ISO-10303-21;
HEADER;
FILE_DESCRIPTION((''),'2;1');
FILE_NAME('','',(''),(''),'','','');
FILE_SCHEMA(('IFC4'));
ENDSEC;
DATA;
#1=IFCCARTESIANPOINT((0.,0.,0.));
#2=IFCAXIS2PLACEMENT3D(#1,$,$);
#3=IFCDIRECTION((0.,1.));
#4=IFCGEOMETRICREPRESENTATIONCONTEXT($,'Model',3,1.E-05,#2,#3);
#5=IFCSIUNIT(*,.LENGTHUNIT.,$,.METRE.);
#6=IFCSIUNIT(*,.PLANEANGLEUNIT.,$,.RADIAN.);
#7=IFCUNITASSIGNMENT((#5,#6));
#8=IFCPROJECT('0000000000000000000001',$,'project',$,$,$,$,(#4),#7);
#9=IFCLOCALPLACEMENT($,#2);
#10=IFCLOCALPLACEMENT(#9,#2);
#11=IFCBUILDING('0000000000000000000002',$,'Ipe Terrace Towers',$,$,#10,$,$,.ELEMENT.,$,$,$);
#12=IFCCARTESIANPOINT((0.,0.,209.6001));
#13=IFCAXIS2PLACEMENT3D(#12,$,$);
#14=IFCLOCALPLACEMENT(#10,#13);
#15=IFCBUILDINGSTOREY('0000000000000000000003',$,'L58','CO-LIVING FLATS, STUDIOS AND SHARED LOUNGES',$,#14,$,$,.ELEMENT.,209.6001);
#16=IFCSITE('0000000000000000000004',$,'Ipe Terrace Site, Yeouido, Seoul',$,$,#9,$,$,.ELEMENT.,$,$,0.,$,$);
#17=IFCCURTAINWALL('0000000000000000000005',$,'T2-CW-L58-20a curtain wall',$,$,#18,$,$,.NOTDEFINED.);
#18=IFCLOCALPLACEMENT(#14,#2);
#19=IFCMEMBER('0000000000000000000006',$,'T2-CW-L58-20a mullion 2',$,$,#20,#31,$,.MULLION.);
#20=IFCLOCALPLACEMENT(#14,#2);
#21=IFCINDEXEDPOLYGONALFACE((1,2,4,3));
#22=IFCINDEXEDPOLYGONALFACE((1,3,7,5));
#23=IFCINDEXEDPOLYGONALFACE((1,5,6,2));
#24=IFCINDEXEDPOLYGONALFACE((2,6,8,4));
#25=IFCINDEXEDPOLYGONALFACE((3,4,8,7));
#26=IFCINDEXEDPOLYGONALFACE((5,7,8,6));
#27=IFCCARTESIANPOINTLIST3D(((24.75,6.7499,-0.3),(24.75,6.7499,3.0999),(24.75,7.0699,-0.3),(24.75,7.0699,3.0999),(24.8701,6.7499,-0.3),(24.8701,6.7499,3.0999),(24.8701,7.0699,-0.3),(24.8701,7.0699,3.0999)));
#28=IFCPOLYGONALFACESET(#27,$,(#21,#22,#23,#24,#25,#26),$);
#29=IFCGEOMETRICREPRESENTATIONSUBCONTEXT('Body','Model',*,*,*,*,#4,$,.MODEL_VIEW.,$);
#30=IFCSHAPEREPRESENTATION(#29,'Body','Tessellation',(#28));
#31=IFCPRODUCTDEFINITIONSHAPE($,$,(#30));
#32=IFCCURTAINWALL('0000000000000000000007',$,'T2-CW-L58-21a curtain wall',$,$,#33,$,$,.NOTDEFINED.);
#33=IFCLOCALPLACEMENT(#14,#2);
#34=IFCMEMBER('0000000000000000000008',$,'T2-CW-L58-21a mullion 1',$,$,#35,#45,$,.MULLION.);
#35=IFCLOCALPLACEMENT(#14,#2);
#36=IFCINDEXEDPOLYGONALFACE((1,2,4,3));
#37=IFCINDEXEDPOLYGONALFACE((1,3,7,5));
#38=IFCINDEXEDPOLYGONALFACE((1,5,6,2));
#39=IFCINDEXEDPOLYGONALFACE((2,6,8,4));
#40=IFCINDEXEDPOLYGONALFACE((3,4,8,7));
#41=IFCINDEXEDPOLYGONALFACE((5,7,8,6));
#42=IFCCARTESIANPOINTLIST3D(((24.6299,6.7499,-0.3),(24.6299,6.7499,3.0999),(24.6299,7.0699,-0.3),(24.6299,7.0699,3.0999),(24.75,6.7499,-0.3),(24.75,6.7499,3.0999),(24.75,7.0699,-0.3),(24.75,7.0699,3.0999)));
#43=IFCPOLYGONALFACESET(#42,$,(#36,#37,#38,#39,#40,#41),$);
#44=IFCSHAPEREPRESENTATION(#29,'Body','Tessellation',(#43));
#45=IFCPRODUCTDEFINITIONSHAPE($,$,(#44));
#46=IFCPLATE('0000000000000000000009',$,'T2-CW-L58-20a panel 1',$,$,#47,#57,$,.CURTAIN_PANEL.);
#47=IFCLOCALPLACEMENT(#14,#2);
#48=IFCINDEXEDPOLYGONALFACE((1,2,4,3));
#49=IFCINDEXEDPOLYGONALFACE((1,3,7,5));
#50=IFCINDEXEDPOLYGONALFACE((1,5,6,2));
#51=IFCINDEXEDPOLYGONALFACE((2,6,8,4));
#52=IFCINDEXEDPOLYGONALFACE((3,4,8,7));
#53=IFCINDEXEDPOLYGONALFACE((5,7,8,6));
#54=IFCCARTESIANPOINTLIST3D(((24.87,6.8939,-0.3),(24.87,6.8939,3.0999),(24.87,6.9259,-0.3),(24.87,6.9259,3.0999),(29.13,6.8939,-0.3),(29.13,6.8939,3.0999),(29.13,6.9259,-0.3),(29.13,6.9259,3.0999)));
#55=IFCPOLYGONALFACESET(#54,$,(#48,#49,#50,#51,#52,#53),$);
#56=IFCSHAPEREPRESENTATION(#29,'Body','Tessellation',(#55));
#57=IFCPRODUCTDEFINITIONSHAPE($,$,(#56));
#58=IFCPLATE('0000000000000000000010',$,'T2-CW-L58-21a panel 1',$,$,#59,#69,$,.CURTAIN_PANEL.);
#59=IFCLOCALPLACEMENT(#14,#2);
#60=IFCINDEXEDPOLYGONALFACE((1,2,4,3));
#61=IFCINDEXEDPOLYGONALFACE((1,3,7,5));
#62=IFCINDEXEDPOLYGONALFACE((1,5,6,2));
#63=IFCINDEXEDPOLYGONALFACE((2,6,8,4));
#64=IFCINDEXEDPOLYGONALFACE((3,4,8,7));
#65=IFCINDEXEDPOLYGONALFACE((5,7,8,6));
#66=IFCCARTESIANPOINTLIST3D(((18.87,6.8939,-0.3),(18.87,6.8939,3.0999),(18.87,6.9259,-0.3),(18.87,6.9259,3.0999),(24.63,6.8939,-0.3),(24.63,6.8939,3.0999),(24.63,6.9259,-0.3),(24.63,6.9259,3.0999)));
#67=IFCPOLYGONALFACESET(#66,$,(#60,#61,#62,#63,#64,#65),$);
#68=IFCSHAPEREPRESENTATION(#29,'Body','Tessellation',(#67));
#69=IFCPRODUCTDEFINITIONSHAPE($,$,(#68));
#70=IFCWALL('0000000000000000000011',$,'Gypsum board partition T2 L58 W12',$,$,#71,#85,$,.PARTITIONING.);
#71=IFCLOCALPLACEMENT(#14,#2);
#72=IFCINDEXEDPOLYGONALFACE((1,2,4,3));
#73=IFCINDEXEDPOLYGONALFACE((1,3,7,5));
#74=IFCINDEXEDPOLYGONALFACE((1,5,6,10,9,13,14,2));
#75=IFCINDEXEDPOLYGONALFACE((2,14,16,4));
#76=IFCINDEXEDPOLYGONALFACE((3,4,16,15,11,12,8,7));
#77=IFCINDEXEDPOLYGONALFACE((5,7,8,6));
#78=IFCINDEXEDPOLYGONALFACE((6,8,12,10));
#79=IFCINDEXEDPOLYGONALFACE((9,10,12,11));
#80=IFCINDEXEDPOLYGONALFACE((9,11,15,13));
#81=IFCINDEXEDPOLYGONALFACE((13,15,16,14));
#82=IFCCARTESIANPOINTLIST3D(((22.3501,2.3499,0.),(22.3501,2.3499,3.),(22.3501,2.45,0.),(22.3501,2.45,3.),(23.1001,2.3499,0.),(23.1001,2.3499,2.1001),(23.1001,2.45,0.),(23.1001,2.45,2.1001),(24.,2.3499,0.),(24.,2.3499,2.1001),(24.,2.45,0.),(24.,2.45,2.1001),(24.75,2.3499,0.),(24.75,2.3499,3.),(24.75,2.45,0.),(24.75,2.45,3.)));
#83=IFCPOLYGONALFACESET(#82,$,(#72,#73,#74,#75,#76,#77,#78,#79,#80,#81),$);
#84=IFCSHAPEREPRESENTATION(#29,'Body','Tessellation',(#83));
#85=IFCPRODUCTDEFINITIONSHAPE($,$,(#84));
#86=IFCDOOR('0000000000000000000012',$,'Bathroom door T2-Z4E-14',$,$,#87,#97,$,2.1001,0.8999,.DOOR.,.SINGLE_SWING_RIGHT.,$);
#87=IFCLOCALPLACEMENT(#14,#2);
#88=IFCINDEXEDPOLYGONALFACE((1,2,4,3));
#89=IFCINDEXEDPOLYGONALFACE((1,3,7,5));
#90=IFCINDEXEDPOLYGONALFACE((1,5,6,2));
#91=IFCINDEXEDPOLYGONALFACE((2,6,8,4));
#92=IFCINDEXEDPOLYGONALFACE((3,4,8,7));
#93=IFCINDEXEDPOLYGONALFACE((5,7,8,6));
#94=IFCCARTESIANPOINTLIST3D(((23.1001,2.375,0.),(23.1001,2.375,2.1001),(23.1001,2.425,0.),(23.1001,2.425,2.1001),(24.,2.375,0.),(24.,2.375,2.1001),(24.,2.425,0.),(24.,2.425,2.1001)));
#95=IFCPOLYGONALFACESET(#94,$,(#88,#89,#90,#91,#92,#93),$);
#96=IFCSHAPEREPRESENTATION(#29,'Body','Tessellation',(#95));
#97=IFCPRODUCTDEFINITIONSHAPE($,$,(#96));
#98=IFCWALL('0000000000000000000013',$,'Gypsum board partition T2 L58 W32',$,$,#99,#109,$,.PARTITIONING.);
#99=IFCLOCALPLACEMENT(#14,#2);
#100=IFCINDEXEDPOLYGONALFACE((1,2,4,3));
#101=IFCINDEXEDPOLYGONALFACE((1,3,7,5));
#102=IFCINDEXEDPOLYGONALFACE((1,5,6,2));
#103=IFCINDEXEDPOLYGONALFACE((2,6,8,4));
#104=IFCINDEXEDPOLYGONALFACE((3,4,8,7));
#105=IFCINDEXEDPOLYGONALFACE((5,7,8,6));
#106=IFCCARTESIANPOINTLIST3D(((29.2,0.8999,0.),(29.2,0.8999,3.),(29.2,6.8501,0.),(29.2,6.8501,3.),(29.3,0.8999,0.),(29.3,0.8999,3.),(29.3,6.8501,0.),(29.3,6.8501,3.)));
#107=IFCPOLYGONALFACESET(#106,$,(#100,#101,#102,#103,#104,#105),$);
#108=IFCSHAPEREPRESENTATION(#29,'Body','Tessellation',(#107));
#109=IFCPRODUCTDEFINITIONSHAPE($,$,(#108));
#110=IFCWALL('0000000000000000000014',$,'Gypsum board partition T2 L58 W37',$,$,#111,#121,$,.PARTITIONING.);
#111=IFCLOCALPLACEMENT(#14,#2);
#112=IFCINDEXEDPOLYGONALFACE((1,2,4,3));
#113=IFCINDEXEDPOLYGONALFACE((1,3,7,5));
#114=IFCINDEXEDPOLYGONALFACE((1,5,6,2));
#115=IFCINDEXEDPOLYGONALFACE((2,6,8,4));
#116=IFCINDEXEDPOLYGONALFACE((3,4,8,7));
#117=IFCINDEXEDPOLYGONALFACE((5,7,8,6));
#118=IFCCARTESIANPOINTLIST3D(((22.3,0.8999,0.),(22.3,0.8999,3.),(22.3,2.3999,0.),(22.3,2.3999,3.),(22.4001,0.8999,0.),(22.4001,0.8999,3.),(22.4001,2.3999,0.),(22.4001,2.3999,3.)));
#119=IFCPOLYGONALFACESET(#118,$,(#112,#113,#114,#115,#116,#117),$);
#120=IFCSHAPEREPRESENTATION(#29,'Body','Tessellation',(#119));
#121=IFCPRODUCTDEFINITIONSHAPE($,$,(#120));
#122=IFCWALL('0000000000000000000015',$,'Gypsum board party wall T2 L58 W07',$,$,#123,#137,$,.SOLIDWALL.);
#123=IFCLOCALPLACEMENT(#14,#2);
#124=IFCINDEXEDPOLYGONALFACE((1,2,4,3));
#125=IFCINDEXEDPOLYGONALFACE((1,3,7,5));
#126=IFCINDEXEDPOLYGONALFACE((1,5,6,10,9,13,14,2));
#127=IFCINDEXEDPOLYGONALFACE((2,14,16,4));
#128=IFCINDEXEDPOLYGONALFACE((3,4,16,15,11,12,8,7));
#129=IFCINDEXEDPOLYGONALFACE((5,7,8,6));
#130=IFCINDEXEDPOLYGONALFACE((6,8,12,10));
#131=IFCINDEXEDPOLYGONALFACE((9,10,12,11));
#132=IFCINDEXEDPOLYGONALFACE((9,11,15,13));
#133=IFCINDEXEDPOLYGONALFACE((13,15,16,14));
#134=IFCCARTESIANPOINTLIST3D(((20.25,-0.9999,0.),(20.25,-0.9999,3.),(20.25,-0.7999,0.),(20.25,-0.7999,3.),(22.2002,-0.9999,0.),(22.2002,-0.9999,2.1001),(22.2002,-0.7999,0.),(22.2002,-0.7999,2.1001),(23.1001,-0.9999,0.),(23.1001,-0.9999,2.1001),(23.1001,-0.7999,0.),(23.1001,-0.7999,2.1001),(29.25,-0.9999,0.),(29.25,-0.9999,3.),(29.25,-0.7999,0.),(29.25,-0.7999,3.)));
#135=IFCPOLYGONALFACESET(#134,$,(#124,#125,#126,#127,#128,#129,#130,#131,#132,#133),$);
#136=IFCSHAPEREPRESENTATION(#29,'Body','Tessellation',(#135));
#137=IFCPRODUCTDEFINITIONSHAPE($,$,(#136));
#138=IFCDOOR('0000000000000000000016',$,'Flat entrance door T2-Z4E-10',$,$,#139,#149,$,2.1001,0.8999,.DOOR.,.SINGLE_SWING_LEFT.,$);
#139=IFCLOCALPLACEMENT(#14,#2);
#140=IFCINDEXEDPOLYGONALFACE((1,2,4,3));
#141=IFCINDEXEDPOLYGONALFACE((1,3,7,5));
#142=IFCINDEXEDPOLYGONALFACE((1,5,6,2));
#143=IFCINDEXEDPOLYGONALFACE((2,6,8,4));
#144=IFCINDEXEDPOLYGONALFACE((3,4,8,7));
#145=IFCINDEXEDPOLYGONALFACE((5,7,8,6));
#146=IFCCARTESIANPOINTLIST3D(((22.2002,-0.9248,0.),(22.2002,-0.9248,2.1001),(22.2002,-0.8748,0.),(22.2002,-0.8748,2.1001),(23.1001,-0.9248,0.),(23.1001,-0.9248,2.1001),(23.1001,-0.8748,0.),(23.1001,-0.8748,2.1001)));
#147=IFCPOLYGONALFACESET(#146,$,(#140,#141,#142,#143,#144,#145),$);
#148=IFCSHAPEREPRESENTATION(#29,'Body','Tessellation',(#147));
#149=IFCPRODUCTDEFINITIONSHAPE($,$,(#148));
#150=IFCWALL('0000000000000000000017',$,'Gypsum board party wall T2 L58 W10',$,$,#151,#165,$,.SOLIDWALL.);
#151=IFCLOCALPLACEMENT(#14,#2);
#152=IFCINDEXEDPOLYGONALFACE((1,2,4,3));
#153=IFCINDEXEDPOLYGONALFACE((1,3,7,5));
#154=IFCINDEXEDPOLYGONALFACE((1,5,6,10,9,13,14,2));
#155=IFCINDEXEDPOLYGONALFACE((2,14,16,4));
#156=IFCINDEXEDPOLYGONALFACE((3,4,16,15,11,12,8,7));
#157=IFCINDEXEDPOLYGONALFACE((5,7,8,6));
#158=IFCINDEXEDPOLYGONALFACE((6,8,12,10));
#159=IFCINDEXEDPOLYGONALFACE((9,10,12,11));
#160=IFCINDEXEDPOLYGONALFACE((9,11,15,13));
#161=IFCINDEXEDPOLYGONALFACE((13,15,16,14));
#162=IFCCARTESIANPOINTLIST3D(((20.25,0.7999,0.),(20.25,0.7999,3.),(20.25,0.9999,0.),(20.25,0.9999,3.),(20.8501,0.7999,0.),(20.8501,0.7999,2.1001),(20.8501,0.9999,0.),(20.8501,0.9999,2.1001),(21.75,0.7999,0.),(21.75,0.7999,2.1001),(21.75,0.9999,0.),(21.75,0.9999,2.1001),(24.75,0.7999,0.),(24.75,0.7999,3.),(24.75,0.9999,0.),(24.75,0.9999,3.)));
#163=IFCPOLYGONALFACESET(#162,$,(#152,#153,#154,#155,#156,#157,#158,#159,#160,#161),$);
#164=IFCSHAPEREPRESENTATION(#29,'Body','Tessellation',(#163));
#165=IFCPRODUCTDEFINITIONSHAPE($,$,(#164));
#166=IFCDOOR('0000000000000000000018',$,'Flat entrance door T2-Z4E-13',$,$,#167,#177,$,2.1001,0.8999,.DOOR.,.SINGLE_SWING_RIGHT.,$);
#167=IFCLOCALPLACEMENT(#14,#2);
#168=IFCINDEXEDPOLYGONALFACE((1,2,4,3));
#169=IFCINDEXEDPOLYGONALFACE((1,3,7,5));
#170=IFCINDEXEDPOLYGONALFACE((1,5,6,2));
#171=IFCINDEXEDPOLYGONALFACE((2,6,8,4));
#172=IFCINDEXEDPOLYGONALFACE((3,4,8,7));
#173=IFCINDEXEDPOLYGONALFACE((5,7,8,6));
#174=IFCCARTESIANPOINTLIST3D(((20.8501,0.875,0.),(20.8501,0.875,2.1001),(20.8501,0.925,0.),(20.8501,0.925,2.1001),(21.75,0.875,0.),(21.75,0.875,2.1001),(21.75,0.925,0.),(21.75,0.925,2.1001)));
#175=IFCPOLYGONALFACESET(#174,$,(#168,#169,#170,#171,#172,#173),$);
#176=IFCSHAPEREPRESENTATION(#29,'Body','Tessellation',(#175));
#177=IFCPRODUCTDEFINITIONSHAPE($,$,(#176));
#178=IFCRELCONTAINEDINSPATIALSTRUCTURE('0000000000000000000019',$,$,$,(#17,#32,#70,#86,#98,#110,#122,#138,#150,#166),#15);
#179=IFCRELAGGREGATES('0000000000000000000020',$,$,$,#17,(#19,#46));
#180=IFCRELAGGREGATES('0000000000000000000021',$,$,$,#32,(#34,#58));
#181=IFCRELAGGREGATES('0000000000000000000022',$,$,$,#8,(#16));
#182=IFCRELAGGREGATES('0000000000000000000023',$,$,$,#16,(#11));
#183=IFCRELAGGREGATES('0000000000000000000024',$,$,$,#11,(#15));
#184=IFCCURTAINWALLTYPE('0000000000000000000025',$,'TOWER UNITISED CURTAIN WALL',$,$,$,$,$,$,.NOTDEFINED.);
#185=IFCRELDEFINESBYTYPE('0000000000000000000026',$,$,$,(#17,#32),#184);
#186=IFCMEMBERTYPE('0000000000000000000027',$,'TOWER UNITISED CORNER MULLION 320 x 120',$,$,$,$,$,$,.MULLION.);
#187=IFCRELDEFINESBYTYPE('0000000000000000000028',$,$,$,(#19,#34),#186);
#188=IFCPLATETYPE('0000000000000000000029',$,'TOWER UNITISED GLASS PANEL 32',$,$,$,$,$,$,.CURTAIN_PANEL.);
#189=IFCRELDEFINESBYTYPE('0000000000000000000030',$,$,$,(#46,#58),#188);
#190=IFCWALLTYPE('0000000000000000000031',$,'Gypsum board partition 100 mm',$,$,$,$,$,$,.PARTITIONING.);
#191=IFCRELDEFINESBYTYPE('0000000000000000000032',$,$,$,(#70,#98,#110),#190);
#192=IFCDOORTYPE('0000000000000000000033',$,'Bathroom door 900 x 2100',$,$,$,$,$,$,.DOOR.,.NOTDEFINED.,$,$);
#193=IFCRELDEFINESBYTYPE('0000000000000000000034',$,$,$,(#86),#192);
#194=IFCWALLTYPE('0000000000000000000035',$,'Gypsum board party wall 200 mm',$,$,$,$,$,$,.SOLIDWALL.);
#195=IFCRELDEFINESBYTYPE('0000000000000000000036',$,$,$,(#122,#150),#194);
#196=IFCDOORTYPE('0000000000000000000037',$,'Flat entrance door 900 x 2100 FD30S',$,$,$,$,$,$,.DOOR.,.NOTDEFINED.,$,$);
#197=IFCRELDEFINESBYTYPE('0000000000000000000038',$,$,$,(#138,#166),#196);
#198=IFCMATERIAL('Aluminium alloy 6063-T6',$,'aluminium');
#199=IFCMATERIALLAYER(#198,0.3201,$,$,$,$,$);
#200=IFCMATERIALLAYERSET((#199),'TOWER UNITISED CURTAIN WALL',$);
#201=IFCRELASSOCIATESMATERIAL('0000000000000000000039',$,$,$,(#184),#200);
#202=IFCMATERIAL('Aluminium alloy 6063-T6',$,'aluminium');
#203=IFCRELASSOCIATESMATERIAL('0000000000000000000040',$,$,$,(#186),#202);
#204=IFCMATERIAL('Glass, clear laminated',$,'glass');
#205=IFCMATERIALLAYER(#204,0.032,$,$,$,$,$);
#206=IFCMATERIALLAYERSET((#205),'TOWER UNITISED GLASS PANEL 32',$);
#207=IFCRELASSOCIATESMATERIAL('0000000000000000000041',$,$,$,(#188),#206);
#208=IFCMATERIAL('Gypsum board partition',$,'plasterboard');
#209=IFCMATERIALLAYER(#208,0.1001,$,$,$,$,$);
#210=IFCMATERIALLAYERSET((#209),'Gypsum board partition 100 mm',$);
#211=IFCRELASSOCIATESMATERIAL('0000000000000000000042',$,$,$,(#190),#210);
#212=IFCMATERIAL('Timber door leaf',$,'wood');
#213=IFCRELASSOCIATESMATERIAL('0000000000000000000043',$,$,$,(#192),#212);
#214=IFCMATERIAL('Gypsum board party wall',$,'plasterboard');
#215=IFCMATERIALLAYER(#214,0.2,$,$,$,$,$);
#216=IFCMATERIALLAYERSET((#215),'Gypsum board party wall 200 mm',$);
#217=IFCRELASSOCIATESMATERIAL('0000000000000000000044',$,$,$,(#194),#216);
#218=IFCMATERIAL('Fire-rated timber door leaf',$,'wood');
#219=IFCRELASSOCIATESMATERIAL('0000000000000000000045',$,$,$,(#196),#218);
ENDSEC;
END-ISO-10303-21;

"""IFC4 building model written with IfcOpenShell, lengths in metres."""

from ifc_helpers import new_model, si_unit, direction, frame, frame_2d, origin, origin_2d, place, context, subcontext, project, spatial, rectangle, extrude, material, layer, layer_set, material_profile, profile_set, type_object, element, fill, aggregate, save


model = new_model("IFC4")

# Units and contexts
model_context = context("Model", 3, precision=1e-05, world=origin(), true_north=direction((0.0, 1.0)))
body_context = subcontext(model_context, "Body", "Model", "MODEL_VIEW")
ifc_project = project(units=[si_unit("LENGTHUNIT", "METRE"), si_unit("PLANEANGLEUNIT", "RADIAN")], contexts=[model_context])

# Site, building, storey
site_placement = place(None, origin())
site = spatial("IfcSite", under=ifc_project, at=site_placement, Name="Ipe Terrace Site, Yeouido, Seoul", CompositionType="ELEMENT", RefElevation=0.0)
building_placement = place(site_placement, origin())
building = spatial("IfcBuilding", under=site, at=building_placement, Name="Ipe Terrace Towers", CompositionType="ELEMENT")
storey_placement = place(building_placement, frame((0.0, 0.0, 209.6001)))
storey = spatial("IfcBuildingStorey", under=building, at=storey_placement, Name="L58", Description="CO-LIVING FLATS, STUDIOS AND SHARED LOUNGES", CompositionType="ELEMENT", Elevation=209.6001)

# Curtain wall, member
ifc_material_1 = material(Name="Aluminium alloy 6063-T6", Category="aluminium")
ifc_layer_1 = layer(ifc_material_1, 0.3201)
ifc_layer_set_1 = layer_set([ifc_layer_1], Name="TOWER UNITISED CURTAIN WALL")
curtain_wall_type = type_object("IfcCurtainWallType", Name="TOWER UNITISED CURTAIN WALL", PredefinedType="NOTDEFINED", material=ifc_layer_set_1)
curtain_wall_1_placement = place(storey_placement, origin())
curtain_wall_1 = element("IfcCurtainWall", 1, at=curtain_wall_1_placement, inside=storey, type_object=curtain_wall_type, Name="T2-CW-L58-20a curtain wall", PredefinedType="NOTDEFINED")
ifc_material_2 = material(Name="Aluminium alloy 6063-T6", Category="aluminium")
ifc_material_profile_1 = material_profile(ifc_material_2, rectangle(XDim=0.3201, YDim=0.1201, at=origin_2d()), Name="TOWER UNITISED CORNER MULLION 320 x 120")
ifc_profile_set_1 = profile_set([ifc_material_profile_1], Name="Aluminium alloy 6063-T6")
member_type = type_object("IfcMemberType", Name="TOWER UNITISED CORNER MULLION 320 x 120", PredefinedType="MULLION", material=ifc_profile_set_1)
member_1_placement = place(storey_placement, frame((24.8101, 6.9099, -0.3), z_axis=(0.0, 0.0, 1.0), x_axis=(0.0, 1.0, 0.0)))
member_1 = element("IfcMember", 2, at=member_1_placement, type_object=member_type, Name="T2-CW-L58-20a mullion 2", PredefinedType="MULLION", context=body_context, shape_type="SweptSolid", body=[
    extrude(rectangle(XDim=0.3201, YDim=0.1201, at=origin_2d()), origin(), (0.0, 0.0, 1.0), 3.3999),
])

# Curtain wall, member
curtain_wall_2_placement = place(storey_placement, origin())
curtain_wall_2 = element("IfcCurtainWall", 3, at=curtain_wall_2_placement, inside=storey, type_object=curtain_wall_type, Name="T2-CW-L58-21a curtain wall", PredefinedType="NOTDEFINED")
member_2_placement = place(storey_placement, frame((24.6899, 6.9099, -0.3), z_axis=(0.0, 0.0, 1.0), x_axis=(0.0, 1.0, 0.0)))
member_2 = element("IfcMember", 4, at=member_2_placement, type_object=member_type, Name="T2-CW-L58-21a mullion 1", PredefinedType="MULLION", context=body_context, shape_type="SweptSolid", body=[
    extrude(rectangle(XDim=0.3201, YDim=0.1201, at=origin_2d()), origin(), (0.0, 0.0, 1.0), 3.3999),
])

# Plates
ifc_material_3 = material(Name="Glass, clear laminated", Category="glass")
ifc_layer_2 = layer(ifc_material_3, 0.032)
ifc_layer_set_2 = layer_set([ifc_layer_2], Name="TOWER UNITISED GLASS PANEL 32")
plate_type = type_object("IfcPlateType", Name="TOWER UNITISED GLASS PANEL 32", PredefinedType="CURTAIN_PANEL", material=ifc_layer_set_2)
plate_1_placement = place(storey_placement, frame((27.0, 6.9099, -0.3), z_axis=(0.0, 0.0, 1.0), x_axis=(-1.0, 0.0, 0.0)))
plate_1 = element("IfcPlate", 5, at=plate_1_placement, type_object=plate_type, Name="T2-CW-L58-20a panel 1", PredefinedType="CURTAIN_PANEL", context=body_context, shape_type="SweptSolid", body=[
    extrude(rectangle(XDim=4.26, YDim=0.032, at=origin_2d()), origin(), (0.0, 0.0, 1.0), 3.3999),
])
aggregate(curtain_wall_1, [member_1, plate_1])
plate_2_placement = place(storey_placement, frame((21.75, 6.9099, -0.3), z_axis=(0.0, 0.0, 1.0), x_axis=(-1.0, 0.0, 0.0)))
plate_2 = element("IfcPlate", 6, at=plate_2_placement, type_object=plate_type, Name="T2-CW-L58-21a panel 1", PredefinedType="CURTAIN_PANEL", context=body_context, shape_type="SweptSolid", body=[
    extrude(rectangle(XDim=5.76, YDim=0.032, at=origin_2d()), origin(), (0.0, 0.0, 1.0), 3.3999),
])
aggregate(curtain_wall_2, [member_2, plate_2])

# Wall, opening, door
ifc_material_4 = material(Name="Gypsum board partition", Category="plasterboard")
ifc_layer_3 = layer(ifc_material_4, 0.1001)
ifc_layer_set_3 = layer_set([ifc_layer_3], Name="Gypsum board partition 100 mm")
wall_type_1 = type_object("IfcWallType", Name="Gypsum board partition 100 mm", PredefinedType="PARTITIONING", material=ifc_layer_set_3)
wall_1_placement = place(storey_placement, frame((24.75, 2.3999, 0.0), z_axis=(0.0, 0.0, 1.0), x_axis=(-1.0, 0.0, 0.0)))
wall_1 = element("IfcWall", 7, at=wall_1_placement, inside=storey, type_object=wall_type_1, Name="Gypsum board partition T2 L58 W12", PredefinedType="PARTITIONING", context=body_context, shape_type="SweptSolid", body=[
    extrude(rectangle(XDim=2.3999, YDim=0.1001, at=frame_2d((1.2, 0.0))), origin(), (0.0, 0.0, 1.0), 3.0),
])
opening_1_placement = place(wall_1_placement, frame((0.75, 0.0, 0.0)))
opening_1 = element("IfcOpeningElement", 8, at=opening_1_placement, cuts=wall_1, PredefinedType="OPENING", context=body_context, shape_type="SweptSolid", body=[
    extrude(rectangle(XDim=0.8999, YDim=2.1001, at=frame_2d((0.45, 1.05))), frame((0.0, 0.0601, 0.0), z_axis=(0.0, -1.0, 0.0), x_axis=(1.0, 0.0, 0.0)), (0.0, 0.0, 1.0), 0.1201),
])
ifc_material_5 = material(Name="Timber door leaf", Category="wood")
door_type_1 = type_object("IfcDoorType", Name="Bathroom door 900 x 2100", OperationType="NOTDEFINED", PredefinedType="DOOR", material=ifc_material_5)
door_1_placement = place(opening_1_placement, origin())
door_1 = element("IfcDoor", 9, at=door_1_placement, inside=storey, type_object=door_type_1, Name="Bathroom door T2-Z4E-14", OperationType="SINGLE_SWING_RIGHT", OverallHeight=2.1001, OverallWidth=0.8999, PredefinedType="DOOR", context=body_context, shape_type="SweptSolid", body=[
    extrude(rectangle(XDim=0.8999, YDim=2.1001, at=frame_2d((0.45, 1.05))), frame((0.0, 0.0249, 0.0), z_axis=(0.0, -1.0, 0.0), x_axis=(1.0, 0.0, 0.0)), (0.0, 0.0, 1.0), 0.05),
])
fill(opening_1, door_1)

# Walls
wall_2_placement = place(storey_placement, frame((29.25, 0.8999, 0.0), z_axis=(0.0, 0.0, 1.0), x_axis=(0.0, 1.0, 0.0)))
element("IfcWall", 10, at=wall_2_placement, inside=storey, type_object=wall_type_1, Name="Gypsum board partition T2 L58 W32", PredefinedType="PARTITIONING", context=body_context, shape_type="SweptSolid", body=[
    extrude(rectangle(XDim=5.9502, YDim=0.1001, at=frame_2d((2.9751, 0.0))), origin(), (0.0, 0.0, 1.0), 3.0),
])
wall_3_placement = place(storey_placement, frame((22.3501, 0.8999, 0.0), z_axis=(0.0, 0.0, 1.0), x_axis=(0.0, 1.0, 0.0)))
element("IfcWall", 11, at=wall_3_placement, inside=storey, type_object=wall_type_1, Name="Gypsum board partition T2 L58 W37", PredefinedType="PARTITIONING", context=body_context, shape_type="SweptSolid", body=[
    extrude(rectangle(XDim=1.5, YDim=0.1001, at=frame_2d((0.75, 0.0))), origin(), (0.0, 0.0, 1.0), 3.0),
])

# Walls, openings, doors
ifc_material_6 = material(Name="Gypsum board party wall", Category="plasterboard")
ifc_layer_4 = layer(ifc_material_6, 0.2)
ifc_layer_set_4 = layer_set([ifc_layer_4], Name="Gypsum board party wall 200 mm")
wall_type_2 = type_object("IfcWallType", Name="Gypsum board party wall 200 mm", PredefinedType="SOLIDWALL", material=ifc_layer_set_4)
wall_4_placement = place(storey_placement, frame((29.25, -0.8999, 0.0), z_axis=(0.0, 0.0, 1.0), x_axis=(-1.0, 0.0, 0.0)))
wall_4 = element("IfcWall", 12, at=wall_4_placement, inside=storey, type_object=wall_type_2, Name="Gypsum board party wall T2 L58 W07", PredefinedType="SOLIDWALL", context=body_context, shape_type="SweptSolid", body=[
    extrude(rectangle(XDim=9.0, YDim=0.2, at=frame_2d((4.5, 0.0))), origin(), (0.0, 0.0, 1.0), 3.0),
])
opening_2_placement = place(wall_4_placement, frame((6.1499, 0.0, 0.0)))
opening_2 = element("IfcOpeningElement", 13, at=opening_2_placement, cuts=wall_4, PredefinedType="OPENING", context=body_context, shape_type="SweptSolid", body=[
    extrude(rectangle(XDim=0.8999, YDim=2.1001, at=frame_2d((0.45, 1.05))), frame((0.0, 0.1099, 0.0), z_axis=(0.0, -1.0, 0.0), x_axis=(1.0, 0.0, 0.0)), (0.0, 0.0, 1.0), 0.22),
])
ifc_material_7 = material(Name="Fire-rated timber door leaf", Category="wood")
door_type_2 = type_object("IfcDoorType", Name="Flat entrance door 900 x 2100 FD30S", OperationType="NOTDEFINED", PredefinedType="DOOR", material=ifc_material_7)
door_2_placement = place(opening_2_placement, origin())
door_2 = element("IfcDoor", 14, at=door_2_placement, inside=storey, type_object=door_type_2, Name="Flat entrance door T2-Z4E-10", OperationType="SINGLE_SWING_LEFT", OverallHeight=2.1001, OverallWidth=0.8999, PredefinedType="DOOR", context=body_context, shape_type="SweptSolid", body=[
    extrude(rectangle(XDim=0.8999, YDim=2.1001, at=frame_2d((0.45, 1.05))), frame((0.0, 0.0249, 0.0), z_axis=(0.0, -1.0, 0.0), x_axis=(1.0, 0.0, 0.0)), (0.0, 0.0, 1.0), 0.05),
])
fill(opening_2, door_2)
wall_5_placement = place(storey_placement, frame((24.75, 0.8999, 0.0), z_axis=(0.0, 0.0, 1.0), x_axis=(-1.0, 0.0, 0.0)))
wall_5 = element("IfcWall", 15, at=wall_5_placement, inside=storey, type_object=wall_type_2, Name="Gypsum board party wall T2 L58 W10", PredefinedType="SOLIDWALL", context=body_context, shape_type="SweptSolid", body=[
    extrude(rectangle(XDim=4.5, YDim=0.2, at=frame_2d((2.25, 0.0))), origin(), (0.0, 0.0, 1.0), 3.0),
])
opening_3_placement = place(wall_5_placement, frame((3.0, 0.0, 0.0)))
opening_3 = element("IfcOpeningElement", 16, at=opening_3_placement, cuts=wall_5, PredefinedType="OPENING", context=body_context, shape_type="SweptSolid", body=[
    extrude(rectangle(XDim=0.8999, YDim=2.1001, at=frame_2d((0.45, 1.05))), frame((0.0, 0.1099, 0.0), z_axis=(0.0, -1.0, 0.0), x_axis=(1.0, 0.0, 0.0)), (0.0, 0.0, 1.0), 0.22),
])
door_3_placement = place(opening_3_placement, origin())
door_3 = element("IfcDoor", 17, at=door_3_placement, inside=storey, type_object=door_type_2, Name="Flat entrance door T2-Z4E-13", OperationType="SINGLE_SWING_RIGHT", OverallHeight=2.1001, OverallWidth=0.8999, PredefinedType="DOOR", context=body_context, shape_type="SweptSolid", body=[
    extrude(rectangle(XDim=0.8999, YDim=2.1001, at=frame_2d((0.45, 1.05))), frame((0.0, 0.0249, 0.0), z_axis=(0.0, -1.0, 0.0), x_axis=(1.0, 0.0, 0.0)), (0.0, 0.0, 1.0), 0.05),
])
fill(opening_3, door_3)

save(model, "model.ifc")
